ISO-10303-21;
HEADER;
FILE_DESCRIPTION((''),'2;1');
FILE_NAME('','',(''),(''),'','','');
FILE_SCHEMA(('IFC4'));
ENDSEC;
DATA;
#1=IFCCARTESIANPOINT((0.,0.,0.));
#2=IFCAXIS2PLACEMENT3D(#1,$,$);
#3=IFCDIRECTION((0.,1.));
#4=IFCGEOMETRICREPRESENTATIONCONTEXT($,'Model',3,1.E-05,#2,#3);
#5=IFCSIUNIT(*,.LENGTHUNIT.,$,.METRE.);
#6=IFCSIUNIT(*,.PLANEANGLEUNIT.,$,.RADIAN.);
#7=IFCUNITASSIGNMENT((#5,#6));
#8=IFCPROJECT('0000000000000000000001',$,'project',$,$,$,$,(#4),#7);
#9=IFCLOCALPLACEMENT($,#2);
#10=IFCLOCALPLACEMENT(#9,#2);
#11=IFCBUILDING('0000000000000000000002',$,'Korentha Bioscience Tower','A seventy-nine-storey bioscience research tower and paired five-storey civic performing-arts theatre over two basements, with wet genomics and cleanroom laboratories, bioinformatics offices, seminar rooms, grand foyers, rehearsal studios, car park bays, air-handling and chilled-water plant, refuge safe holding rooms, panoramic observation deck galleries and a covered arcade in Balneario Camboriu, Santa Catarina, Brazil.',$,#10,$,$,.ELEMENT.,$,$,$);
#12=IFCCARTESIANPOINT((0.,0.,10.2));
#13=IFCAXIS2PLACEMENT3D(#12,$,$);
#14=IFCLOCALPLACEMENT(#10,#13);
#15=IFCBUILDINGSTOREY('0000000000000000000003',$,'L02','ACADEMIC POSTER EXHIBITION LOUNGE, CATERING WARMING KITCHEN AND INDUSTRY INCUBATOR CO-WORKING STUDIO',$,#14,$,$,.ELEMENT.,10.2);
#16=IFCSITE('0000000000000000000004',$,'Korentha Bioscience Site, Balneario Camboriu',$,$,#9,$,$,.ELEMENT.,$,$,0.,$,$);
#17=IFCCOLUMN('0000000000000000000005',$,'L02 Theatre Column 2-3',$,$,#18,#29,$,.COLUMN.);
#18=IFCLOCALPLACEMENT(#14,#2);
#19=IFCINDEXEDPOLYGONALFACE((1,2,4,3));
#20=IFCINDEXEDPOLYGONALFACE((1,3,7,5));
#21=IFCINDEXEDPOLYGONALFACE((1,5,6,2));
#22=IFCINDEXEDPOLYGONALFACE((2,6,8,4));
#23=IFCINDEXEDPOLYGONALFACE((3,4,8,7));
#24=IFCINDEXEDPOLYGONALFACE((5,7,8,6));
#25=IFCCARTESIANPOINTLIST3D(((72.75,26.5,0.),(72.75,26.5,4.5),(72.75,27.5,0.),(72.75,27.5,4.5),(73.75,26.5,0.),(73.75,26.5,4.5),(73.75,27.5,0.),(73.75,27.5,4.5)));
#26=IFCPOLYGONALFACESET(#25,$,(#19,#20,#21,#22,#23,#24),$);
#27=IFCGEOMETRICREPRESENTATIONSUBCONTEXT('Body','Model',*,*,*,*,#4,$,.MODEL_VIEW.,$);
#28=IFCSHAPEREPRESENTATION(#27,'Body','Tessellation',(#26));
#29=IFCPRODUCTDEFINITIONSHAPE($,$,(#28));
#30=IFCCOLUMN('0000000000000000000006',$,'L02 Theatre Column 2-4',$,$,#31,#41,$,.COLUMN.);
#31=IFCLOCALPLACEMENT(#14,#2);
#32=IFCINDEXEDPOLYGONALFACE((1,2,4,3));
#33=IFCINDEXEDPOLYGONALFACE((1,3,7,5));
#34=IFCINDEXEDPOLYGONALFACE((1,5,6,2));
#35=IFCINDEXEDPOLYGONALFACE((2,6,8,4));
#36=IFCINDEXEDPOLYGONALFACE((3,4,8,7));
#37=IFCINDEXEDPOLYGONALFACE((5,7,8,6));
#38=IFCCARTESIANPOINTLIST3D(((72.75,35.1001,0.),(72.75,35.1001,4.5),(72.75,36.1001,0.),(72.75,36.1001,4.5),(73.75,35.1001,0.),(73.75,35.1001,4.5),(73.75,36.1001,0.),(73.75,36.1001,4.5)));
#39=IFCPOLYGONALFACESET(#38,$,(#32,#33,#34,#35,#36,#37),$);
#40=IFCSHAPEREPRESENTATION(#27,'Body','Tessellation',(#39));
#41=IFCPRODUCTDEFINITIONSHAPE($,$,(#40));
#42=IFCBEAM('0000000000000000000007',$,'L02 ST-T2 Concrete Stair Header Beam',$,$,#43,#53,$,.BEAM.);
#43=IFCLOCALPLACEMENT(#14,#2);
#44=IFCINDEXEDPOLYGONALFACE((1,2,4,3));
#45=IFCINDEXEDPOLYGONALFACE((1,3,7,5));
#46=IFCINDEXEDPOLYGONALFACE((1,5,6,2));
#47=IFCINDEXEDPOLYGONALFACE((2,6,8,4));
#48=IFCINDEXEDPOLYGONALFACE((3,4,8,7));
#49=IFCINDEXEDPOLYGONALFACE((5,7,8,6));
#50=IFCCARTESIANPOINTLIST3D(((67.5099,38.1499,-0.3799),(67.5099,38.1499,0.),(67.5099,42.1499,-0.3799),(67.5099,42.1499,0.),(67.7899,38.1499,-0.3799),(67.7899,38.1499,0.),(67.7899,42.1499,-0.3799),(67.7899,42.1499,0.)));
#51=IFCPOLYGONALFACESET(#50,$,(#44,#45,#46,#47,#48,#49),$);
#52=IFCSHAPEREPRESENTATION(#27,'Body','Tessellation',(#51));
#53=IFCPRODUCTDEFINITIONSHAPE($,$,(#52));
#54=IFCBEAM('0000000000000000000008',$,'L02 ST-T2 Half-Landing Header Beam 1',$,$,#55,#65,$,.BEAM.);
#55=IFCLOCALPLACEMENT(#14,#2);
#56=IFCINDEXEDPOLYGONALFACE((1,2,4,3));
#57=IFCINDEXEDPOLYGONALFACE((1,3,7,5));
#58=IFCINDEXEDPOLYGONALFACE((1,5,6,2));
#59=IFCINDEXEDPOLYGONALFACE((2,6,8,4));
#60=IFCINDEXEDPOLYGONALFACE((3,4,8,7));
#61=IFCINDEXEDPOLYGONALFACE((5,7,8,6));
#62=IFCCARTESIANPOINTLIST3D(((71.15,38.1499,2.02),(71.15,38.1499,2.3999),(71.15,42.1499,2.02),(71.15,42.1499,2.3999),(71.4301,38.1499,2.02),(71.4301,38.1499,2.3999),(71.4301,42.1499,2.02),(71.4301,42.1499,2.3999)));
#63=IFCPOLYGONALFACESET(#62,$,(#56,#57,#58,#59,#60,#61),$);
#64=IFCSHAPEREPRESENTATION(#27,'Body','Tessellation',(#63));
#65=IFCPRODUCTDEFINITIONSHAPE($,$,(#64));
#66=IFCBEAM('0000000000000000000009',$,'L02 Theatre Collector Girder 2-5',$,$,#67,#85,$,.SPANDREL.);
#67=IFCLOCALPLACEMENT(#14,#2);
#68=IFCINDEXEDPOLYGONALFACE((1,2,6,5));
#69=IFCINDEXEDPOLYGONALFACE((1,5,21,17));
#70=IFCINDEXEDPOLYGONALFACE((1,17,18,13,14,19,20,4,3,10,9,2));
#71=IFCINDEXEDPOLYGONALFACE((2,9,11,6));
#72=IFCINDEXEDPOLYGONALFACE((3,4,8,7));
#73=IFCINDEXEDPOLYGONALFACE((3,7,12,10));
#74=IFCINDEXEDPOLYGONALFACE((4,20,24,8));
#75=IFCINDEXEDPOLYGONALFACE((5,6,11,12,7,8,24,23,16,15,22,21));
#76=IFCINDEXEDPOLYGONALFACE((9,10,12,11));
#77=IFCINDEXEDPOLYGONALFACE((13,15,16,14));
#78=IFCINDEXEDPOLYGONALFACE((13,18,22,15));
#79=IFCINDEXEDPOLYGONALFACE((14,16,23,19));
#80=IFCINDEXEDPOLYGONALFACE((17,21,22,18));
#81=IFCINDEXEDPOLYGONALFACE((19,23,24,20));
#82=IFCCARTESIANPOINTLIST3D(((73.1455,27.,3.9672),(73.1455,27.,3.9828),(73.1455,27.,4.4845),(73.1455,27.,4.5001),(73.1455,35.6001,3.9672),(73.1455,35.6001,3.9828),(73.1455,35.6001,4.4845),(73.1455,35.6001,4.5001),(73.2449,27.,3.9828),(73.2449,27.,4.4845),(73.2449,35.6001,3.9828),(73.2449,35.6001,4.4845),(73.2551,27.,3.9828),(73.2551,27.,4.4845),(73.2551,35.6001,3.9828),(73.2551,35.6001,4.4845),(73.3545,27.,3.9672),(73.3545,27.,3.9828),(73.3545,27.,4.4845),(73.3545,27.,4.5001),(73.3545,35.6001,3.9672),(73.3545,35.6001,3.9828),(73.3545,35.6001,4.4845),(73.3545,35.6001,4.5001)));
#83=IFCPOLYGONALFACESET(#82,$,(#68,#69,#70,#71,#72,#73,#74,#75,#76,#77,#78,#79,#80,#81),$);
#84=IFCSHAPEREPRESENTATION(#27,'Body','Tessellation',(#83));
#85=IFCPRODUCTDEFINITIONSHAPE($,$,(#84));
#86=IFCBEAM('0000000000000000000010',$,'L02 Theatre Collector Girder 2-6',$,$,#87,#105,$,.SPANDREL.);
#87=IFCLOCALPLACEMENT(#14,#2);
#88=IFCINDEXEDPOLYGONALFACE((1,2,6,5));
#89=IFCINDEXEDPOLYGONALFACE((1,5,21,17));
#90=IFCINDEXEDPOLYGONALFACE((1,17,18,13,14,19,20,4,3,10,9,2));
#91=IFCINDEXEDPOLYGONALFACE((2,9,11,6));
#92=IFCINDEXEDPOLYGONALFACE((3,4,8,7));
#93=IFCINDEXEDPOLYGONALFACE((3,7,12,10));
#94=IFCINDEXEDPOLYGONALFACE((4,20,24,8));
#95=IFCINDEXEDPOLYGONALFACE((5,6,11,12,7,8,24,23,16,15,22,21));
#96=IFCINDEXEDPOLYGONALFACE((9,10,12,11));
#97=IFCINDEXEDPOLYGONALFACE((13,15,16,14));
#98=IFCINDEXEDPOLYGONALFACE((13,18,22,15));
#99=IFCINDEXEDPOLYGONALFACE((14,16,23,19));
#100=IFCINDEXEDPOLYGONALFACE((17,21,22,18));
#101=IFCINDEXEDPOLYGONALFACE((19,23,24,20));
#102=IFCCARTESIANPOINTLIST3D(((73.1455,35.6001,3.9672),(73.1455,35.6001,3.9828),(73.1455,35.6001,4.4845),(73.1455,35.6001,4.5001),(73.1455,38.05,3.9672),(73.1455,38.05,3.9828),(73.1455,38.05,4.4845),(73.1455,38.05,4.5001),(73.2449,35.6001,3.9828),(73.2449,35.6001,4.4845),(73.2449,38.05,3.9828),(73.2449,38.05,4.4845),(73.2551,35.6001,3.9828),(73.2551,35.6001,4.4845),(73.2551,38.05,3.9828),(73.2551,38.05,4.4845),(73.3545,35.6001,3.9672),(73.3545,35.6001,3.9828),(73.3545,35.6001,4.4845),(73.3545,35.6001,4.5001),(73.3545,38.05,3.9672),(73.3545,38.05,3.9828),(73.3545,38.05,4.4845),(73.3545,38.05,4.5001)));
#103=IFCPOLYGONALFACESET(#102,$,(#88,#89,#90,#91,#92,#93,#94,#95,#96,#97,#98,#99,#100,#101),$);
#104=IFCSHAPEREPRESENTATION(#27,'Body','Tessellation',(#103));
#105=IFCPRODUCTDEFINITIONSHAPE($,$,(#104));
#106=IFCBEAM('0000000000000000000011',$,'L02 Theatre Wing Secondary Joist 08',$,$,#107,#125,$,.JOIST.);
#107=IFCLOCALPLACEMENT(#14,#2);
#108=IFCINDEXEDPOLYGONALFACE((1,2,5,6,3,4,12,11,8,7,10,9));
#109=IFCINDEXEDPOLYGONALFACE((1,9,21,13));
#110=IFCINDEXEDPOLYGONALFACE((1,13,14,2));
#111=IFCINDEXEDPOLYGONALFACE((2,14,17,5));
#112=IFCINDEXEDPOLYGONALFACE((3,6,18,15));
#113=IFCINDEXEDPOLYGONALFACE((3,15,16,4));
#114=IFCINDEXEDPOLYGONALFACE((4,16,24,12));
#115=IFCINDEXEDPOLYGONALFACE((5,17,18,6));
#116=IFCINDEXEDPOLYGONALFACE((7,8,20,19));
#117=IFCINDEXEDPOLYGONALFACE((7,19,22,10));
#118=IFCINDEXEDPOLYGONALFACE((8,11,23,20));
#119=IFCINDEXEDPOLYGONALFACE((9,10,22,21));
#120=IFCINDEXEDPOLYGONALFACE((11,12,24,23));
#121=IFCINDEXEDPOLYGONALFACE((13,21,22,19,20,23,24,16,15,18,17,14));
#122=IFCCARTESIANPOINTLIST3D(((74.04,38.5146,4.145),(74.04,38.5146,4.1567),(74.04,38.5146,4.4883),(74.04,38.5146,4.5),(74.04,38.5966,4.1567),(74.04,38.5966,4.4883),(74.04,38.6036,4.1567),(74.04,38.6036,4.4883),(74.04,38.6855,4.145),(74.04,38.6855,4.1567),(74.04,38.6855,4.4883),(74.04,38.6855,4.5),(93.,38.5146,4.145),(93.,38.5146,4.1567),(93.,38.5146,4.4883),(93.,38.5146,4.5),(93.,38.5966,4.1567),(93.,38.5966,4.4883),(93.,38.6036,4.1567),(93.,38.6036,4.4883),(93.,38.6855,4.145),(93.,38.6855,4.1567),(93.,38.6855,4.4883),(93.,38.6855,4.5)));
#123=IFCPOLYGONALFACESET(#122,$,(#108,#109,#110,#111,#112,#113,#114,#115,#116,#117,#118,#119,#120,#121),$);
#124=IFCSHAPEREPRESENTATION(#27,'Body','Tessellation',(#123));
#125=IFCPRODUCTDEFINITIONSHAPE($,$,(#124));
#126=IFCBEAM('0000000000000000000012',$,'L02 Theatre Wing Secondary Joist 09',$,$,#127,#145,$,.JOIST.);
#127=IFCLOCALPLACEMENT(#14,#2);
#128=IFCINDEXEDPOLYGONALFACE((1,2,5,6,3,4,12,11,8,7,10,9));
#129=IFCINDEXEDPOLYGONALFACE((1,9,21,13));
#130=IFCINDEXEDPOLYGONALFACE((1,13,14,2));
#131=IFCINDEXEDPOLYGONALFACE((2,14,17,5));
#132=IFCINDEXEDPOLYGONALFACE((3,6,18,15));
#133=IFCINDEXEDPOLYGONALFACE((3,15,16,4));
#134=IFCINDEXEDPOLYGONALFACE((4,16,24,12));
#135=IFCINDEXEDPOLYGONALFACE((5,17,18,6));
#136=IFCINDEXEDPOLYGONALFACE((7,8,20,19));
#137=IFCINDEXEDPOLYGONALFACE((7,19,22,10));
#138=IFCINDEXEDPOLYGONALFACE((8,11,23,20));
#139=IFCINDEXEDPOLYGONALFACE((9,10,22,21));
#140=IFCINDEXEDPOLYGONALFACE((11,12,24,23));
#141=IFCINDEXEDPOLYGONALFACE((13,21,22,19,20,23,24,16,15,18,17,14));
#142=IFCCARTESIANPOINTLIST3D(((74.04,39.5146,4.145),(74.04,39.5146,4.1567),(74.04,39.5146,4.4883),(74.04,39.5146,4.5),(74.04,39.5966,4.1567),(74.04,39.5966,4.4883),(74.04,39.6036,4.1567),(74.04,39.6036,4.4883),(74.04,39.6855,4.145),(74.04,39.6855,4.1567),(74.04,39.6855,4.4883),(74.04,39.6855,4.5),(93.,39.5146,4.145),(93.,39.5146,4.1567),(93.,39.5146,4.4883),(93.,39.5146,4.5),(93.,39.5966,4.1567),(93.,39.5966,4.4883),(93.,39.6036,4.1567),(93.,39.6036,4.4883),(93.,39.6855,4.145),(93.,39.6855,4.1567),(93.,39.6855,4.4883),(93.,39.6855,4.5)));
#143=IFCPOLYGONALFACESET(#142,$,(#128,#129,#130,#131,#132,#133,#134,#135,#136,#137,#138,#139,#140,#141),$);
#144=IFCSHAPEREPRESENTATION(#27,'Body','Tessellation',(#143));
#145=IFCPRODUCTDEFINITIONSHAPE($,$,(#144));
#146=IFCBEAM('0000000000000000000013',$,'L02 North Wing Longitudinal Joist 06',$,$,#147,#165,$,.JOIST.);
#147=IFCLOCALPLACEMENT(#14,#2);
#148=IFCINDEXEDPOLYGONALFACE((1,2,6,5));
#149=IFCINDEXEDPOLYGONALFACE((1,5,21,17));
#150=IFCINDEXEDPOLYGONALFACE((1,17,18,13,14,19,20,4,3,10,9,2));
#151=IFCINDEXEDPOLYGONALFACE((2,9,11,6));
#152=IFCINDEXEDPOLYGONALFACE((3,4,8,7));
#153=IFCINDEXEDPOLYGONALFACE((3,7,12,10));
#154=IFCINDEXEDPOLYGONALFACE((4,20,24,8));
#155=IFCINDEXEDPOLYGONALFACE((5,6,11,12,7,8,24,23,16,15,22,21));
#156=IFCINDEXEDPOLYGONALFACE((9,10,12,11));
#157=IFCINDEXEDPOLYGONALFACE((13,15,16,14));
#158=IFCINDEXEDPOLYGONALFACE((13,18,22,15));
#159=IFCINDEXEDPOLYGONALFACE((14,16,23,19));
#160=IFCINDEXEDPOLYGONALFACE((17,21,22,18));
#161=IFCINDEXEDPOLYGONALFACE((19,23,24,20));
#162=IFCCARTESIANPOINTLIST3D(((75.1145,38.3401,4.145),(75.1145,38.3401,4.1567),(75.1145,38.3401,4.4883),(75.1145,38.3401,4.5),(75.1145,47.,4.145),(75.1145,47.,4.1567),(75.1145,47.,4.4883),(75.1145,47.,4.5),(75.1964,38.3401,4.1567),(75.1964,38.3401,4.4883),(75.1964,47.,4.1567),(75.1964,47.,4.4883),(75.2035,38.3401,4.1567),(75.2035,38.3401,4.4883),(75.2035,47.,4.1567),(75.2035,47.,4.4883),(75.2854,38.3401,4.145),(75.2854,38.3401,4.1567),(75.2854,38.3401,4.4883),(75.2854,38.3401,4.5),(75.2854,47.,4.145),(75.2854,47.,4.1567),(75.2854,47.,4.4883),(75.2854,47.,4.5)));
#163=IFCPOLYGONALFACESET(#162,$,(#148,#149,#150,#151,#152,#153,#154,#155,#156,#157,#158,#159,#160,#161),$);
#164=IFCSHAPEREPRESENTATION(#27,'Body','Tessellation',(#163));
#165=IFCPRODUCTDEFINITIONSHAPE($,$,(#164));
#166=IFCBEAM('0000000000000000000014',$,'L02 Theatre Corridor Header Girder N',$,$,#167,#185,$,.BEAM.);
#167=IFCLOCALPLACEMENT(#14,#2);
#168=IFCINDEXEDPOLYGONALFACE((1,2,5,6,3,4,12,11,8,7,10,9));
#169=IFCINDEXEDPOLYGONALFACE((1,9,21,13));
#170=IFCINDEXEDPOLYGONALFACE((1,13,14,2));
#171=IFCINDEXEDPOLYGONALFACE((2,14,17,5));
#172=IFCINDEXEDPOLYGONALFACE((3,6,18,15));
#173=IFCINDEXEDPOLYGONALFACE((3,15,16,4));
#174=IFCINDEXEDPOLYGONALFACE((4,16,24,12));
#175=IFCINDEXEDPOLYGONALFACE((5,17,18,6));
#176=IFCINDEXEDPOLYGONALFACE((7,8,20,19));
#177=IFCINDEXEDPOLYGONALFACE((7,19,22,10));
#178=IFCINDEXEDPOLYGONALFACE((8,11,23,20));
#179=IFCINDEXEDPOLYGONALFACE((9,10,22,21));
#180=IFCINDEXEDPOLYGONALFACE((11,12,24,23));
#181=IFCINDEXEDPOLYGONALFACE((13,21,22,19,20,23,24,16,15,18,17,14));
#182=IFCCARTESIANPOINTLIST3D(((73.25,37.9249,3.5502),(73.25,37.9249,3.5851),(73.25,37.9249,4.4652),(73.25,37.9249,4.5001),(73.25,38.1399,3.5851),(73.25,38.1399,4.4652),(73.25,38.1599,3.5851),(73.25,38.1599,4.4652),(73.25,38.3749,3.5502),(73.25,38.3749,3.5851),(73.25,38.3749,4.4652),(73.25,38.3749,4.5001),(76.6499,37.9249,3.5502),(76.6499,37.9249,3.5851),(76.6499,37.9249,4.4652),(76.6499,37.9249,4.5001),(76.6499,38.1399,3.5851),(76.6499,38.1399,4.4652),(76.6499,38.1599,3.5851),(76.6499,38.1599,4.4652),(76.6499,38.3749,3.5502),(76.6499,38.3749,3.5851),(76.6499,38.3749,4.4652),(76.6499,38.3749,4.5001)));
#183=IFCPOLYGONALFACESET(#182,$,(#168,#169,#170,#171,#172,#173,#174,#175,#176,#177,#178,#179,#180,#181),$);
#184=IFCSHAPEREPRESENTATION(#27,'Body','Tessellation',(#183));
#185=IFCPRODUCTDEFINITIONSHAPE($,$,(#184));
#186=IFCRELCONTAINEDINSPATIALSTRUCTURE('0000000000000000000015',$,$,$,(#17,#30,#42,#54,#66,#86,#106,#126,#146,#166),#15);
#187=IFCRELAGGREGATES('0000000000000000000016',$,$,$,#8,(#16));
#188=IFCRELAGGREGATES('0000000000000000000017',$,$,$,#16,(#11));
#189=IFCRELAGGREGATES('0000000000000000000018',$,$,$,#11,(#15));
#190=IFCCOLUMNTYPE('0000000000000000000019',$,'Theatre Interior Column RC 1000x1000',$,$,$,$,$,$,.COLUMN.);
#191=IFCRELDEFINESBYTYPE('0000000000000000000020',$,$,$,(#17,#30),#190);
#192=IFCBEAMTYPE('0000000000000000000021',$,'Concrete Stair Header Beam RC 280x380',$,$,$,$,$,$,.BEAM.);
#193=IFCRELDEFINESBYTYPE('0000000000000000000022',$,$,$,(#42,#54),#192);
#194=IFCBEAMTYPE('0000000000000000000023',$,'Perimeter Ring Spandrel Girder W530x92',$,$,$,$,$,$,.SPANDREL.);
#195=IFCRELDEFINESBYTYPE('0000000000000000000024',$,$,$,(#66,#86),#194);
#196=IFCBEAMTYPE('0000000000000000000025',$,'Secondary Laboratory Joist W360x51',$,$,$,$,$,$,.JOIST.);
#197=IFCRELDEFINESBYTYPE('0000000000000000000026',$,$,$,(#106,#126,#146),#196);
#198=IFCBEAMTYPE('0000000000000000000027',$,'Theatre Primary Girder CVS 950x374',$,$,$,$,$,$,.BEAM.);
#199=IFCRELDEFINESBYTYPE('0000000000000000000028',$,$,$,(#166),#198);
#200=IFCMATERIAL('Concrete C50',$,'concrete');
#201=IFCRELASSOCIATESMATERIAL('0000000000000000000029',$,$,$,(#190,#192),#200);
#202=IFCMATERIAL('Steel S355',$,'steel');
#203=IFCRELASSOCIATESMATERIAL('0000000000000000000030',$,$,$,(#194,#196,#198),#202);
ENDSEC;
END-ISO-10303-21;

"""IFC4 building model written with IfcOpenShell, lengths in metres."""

from ifc_helpers import new_model, si_unit, direction, frame, origin, origin_2d, place, context, subcontext, project, spatial, rectangle, i_section, extrude, material, material_profile, profile_set, type_object, element, save


model = new_model("IFC4")

# Units and contexts
model_context = context("Model", 3, precision=1e-05, world=origin(), true_north=direction((0.0, 1.0)))
body_context = subcontext(model_context, "Body", "Model", "MODEL_VIEW")
ifc_project = project(units=[si_unit("LENGTHUNIT", "METRE"), si_unit("PLANEANGLEUNIT", "RADIAN")], contexts=[model_context])

# Site, building, storey
site_placement = place(None, origin())
site = spatial("IfcSite", under=ifc_project, at=site_placement, Name="Korentha Bioscience Site, Balneario Camboriu", CompositionType="ELEMENT", RefElevation=0.0)
building_placement = place(site_placement, origin())
building = spatial("IfcBuilding", under=site, at=building_placement, Name="Korentha Bioscience Tower", Description="A seventy-nine-storey bioscience research tower and paired five-storey civic performing-arts theatre over two basements, with wet genomics and cleanroom laboratories, bioinformatics offices, seminar rooms, grand foyers, rehearsal studios, car park bays, air-handling and chilled-water plant, refuge safe holding rooms, panoramic observation deck galleries and a covered arcade in Balneario Camboriu, Santa Catarina, Brazil.", CompositionType="ELEMENT")
storey_placement = place(building_placement, frame((0.0, 0.0, 10.2)))
storey = spatial("IfcBuildingStorey", under=building, at=storey_placement, Name="L02", Description="ACADEMIC POSTER EXHIBITION LOUNGE, CATERING WARMING KITCHEN AND INDUSTRY INCUBATOR CO-WORKING STUDIO", CompositionType="ELEMENT", Elevation=10.2)

# Columns
ifc_material_1 = material(Name="Concrete C50", Category="concrete")
ifc_material_profile_1 = material_profile(ifc_material_1, rectangle(XDim=1.0, YDim=1.0, at=origin_2d()), Name="Concrete C50")
ifc_profile_set_1 = profile_set([ifc_material_profile_1], Name="Concrete C50 (TC-I01)")
column_type = type_object("IfcColumnType", Name="Theatre Interior Column RC 1000x1000", PredefinedType="COLUMN", material=ifc_profile_set_1)
for number, where, z_axis, x_axis, name in (
    (1, (73.25, 27.0, 0.0), (0.0, 0.0, 1.0), (1.0, 0.0, 0.0), "L02 Theatre Column 2-3"),
    (2, (73.25, 35.6001, 0.0), (0.0, 0.0, 1.0), (1.0, 0.0, 0.0), "L02 Theatre Column 2-4"),
):
    element("IfcColumn", number, at=place(storey_placement, frame(where, z_axis=z_axis, x_axis=x_axis)), inside=storey, type_object=column_type, Name=name, PredefinedType="COLUMN", context=body_context, shape_type="SweptSolid", body=[
        extrude(rectangle(XDim=1.0, YDim=1.0, at=origin_2d()), origin(), (0.0, 0.0, 1.0), 4.5),
    ])

# Beams
ifc_material_profile_2 = material_profile(ifc_material_1, rectangle(XDim=0.28, YDim=0.3799, at=origin_2d()), Name="Concrete C50")
ifc_profile_set_2 = profile_set([ifc_material_profile_2], Name="Concrete C50 (ST-HB380)")
beam_type_1 = type_object("IfcBeamType", Name="Concrete Stair Header Beam RC 280x380", PredefinedType="BEAM", material=ifc_profile_set_2)
for number, where, z_axis, x_axis, name in (
    (3, (67.6499, 38.1499, -0.1899), (0.0, 1.0, 0.0), (-1.0, 0.0, 0.0), "L02 ST-T2 Concrete Stair Header Beam"),
    (4, (71.29, 38.1499, 2.21), (0.0, 1.0, 0.0), (-1.0, 0.0, 0.0), "L02 ST-T2 Half-Landing Header Beam 1"),
):
    element("IfcBeam", number, at=place(storey_placement, frame(where, z_axis=z_axis, x_axis=x_axis)), inside=storey, type_object=beam_type_1, Name=name, PredefinedType="BEAM", context=body_context, shape_type="SweptSolid", body=[
        extrude(rectangle(XDim=0.28, YDim=0.3799, at=origin_2d()), origin(), (0.0, 0.0, 1.0), 4.0),
    ])
ifc_material_2 = material(Name="Steel S355", Category="steel")
ifc_material_profile_3 = material_profile(ifc_material_2, i_section(OverallWidth=0.209, OverallDepth=0.533, WebThickness=0.0103, FlangeThickness=0.0156, at=origin_2d()), Name="Steel S355")
ifc_profile_set_3 = profile_set([ifc_material_profile_3], Name="Steel S355 (SB-530)")
beam_type_2 = type_object("IfcBeamType", Name="Perimeter Ring Spandrel Girder W530x92", PredefinedType="SPANDREL", material=ifc_profile_set_3)
beam_1_placement = place(storey_placement, frame((73.25, 27.0, 4.2336), z_axis=(0.0, 1.0, 0.0), x_axis=(-1.0, 0.0, 0.0)))
element("IfcBeam", 5, at=beam_1_placement, inside=storey, type_object=beam_type_2, Name="L02 Theatre Collector Girder 2-5", PredefinedType="SPANDREL", context=body_context, shape_type="SweptSolid", body=[
    extrude(i_section(OverallWidth=0.209, OverallDepth=0.533, WebThickness=0.0103, FlangeThickness=0.0156, at=origin_2d()), origin(), (0.0, 0.0, 1.0), 8.6001),
])
beam_2_placement = place(storey_placement, frame((73.25, 35.6001, 4.2336), z_axis=(0.0, 1.0, 0.0), x_axis=(-1.0, 0.0, 0.0)))
element("IfcBeam", 6, at=beam_2_placement, inside=storey, type_object=beam_type_2, Name="L02 Theatre Collector Girder 2-6", PredefinedType="SPANDREL", context=body_context, shape_type="SweptSolid", body=[
    extrude(i_section(OverallWidth=0.209, OverallDepth=0.533, WebThickness=0.0103, FlangeThickness=0.0156, at=origin_2d()), origin(), (0.0, 0.0, 1.0), 2.45),
])
ifc_material_profile_4 = material_profile(ifc_material_2, i_section(OverallWidth=0.1709, OverallDepth=0.355, WebThickness=0.0071, FlangeThickness=0.0117, at=origin_2d()), Name="Steel S355")
ifc_profile_set_4 = profile_set([ifc_material_profile_4], Name="Steel S355 (JB-360)")
beam_type_3 = type_object("IfcBeamType", Name="Secondary Laboratory Joist W360x51", PredefinedType="JOIST", material=ifc_profile_set_4)
for number, where, z_axis, x_axis, name in (
    (7, (74.04, 38.6001, 4.3225), (1.0, 0.0, 0.0), (0.0, 1.0, 0.0), "L02 Theatre Wing Secondary Joist 08"),
    (8, (74.04, 39.6001, 4.3225), (1.0, 0.0, 0.0), (0.0, 1.0, 0.0), "L02 Theatre Wing Secondary Joist 09"),
):
    element("IfcBeam", number, at=place(storey_placement, frame(where, z_axis=z_axis, x_axis=x_axis)), inside=storey, type_object=beam_type_3, Name=name, PredefinedType="JOIST", context=body_context, shape_type="SweptSolid", body=[
        extrude(i_section(OverallWidth=0.1709, OverallDepth=0.355, WebThickness=0.0071, FlangeThickness=0.0117, at=origin_2d()), origin(), (0.0, 0.0, 1.0), 18.96),
    ])
beam_3_placement = place(storey_placement, frame((75.2, 38.3401, 4.3225), z_axis=(0.0, 1.0, 0.0), x_axis=(-1.0, 0.0, 0.0)))
element("IfcBeam", 9, at=beam_3_placement, inside=storey, type_object=beam_type_3, Name="L02 North Wing Longitudinal Joist 06", PredefinedType="JOIST", context=body_context, shape_type="SweptSolid", body=[
    extrude(i_section(OverallWidth=0.1709, OverallDepth=0.355, WebThickness=0.0071, FlangeThickness=0.0117, at=origin_2d()), origin(), (0.0, 0.0, 1.0), 8.6599),
])
ifc_material_profile_5 = material_profile(ifc_material_2, i_section(OverallWidth=0.45, OverallDepth=0.95, WebThickness=0.02, FlangeThickness=0.0349, at=origin_2d()), Name="Steel S355")
ifc_profile_set_5 = profile_set([ifc_material_profile_5], Name="Steel S355 (TB-950)")
beam_type_4 = type_object("IfcBeamType", Name="Theatre Primary Girder CVS 950x374", PredefinedType="BEAM", material=ifc_profile_set_5)
beam_4_placement = place(storey_placement, frame((73.25, 38.1499, 4.0251), z_axis=(1.0, 0.0, 0.0), x_axis=(0.0, 1.0, 0.0)))
element("IfcBeam", 10, at=beam_4_placement, inside=storey, type_object=beam_type_4, Name="L02 Theatre Corridor Header Girder N", PredefinedType="BEAM", context=body_context, shape_type="SweptSolid", body=[
    extrude(i_section(OverallWidth=0.45, OverallDepth=0.95, WebThickness=0.02, FlangeThickness=0.0349, at=origin_2d()), origin(), (0.0, 0.0, 1.0), 3.3999),
])

save(model, "model.ifc")
